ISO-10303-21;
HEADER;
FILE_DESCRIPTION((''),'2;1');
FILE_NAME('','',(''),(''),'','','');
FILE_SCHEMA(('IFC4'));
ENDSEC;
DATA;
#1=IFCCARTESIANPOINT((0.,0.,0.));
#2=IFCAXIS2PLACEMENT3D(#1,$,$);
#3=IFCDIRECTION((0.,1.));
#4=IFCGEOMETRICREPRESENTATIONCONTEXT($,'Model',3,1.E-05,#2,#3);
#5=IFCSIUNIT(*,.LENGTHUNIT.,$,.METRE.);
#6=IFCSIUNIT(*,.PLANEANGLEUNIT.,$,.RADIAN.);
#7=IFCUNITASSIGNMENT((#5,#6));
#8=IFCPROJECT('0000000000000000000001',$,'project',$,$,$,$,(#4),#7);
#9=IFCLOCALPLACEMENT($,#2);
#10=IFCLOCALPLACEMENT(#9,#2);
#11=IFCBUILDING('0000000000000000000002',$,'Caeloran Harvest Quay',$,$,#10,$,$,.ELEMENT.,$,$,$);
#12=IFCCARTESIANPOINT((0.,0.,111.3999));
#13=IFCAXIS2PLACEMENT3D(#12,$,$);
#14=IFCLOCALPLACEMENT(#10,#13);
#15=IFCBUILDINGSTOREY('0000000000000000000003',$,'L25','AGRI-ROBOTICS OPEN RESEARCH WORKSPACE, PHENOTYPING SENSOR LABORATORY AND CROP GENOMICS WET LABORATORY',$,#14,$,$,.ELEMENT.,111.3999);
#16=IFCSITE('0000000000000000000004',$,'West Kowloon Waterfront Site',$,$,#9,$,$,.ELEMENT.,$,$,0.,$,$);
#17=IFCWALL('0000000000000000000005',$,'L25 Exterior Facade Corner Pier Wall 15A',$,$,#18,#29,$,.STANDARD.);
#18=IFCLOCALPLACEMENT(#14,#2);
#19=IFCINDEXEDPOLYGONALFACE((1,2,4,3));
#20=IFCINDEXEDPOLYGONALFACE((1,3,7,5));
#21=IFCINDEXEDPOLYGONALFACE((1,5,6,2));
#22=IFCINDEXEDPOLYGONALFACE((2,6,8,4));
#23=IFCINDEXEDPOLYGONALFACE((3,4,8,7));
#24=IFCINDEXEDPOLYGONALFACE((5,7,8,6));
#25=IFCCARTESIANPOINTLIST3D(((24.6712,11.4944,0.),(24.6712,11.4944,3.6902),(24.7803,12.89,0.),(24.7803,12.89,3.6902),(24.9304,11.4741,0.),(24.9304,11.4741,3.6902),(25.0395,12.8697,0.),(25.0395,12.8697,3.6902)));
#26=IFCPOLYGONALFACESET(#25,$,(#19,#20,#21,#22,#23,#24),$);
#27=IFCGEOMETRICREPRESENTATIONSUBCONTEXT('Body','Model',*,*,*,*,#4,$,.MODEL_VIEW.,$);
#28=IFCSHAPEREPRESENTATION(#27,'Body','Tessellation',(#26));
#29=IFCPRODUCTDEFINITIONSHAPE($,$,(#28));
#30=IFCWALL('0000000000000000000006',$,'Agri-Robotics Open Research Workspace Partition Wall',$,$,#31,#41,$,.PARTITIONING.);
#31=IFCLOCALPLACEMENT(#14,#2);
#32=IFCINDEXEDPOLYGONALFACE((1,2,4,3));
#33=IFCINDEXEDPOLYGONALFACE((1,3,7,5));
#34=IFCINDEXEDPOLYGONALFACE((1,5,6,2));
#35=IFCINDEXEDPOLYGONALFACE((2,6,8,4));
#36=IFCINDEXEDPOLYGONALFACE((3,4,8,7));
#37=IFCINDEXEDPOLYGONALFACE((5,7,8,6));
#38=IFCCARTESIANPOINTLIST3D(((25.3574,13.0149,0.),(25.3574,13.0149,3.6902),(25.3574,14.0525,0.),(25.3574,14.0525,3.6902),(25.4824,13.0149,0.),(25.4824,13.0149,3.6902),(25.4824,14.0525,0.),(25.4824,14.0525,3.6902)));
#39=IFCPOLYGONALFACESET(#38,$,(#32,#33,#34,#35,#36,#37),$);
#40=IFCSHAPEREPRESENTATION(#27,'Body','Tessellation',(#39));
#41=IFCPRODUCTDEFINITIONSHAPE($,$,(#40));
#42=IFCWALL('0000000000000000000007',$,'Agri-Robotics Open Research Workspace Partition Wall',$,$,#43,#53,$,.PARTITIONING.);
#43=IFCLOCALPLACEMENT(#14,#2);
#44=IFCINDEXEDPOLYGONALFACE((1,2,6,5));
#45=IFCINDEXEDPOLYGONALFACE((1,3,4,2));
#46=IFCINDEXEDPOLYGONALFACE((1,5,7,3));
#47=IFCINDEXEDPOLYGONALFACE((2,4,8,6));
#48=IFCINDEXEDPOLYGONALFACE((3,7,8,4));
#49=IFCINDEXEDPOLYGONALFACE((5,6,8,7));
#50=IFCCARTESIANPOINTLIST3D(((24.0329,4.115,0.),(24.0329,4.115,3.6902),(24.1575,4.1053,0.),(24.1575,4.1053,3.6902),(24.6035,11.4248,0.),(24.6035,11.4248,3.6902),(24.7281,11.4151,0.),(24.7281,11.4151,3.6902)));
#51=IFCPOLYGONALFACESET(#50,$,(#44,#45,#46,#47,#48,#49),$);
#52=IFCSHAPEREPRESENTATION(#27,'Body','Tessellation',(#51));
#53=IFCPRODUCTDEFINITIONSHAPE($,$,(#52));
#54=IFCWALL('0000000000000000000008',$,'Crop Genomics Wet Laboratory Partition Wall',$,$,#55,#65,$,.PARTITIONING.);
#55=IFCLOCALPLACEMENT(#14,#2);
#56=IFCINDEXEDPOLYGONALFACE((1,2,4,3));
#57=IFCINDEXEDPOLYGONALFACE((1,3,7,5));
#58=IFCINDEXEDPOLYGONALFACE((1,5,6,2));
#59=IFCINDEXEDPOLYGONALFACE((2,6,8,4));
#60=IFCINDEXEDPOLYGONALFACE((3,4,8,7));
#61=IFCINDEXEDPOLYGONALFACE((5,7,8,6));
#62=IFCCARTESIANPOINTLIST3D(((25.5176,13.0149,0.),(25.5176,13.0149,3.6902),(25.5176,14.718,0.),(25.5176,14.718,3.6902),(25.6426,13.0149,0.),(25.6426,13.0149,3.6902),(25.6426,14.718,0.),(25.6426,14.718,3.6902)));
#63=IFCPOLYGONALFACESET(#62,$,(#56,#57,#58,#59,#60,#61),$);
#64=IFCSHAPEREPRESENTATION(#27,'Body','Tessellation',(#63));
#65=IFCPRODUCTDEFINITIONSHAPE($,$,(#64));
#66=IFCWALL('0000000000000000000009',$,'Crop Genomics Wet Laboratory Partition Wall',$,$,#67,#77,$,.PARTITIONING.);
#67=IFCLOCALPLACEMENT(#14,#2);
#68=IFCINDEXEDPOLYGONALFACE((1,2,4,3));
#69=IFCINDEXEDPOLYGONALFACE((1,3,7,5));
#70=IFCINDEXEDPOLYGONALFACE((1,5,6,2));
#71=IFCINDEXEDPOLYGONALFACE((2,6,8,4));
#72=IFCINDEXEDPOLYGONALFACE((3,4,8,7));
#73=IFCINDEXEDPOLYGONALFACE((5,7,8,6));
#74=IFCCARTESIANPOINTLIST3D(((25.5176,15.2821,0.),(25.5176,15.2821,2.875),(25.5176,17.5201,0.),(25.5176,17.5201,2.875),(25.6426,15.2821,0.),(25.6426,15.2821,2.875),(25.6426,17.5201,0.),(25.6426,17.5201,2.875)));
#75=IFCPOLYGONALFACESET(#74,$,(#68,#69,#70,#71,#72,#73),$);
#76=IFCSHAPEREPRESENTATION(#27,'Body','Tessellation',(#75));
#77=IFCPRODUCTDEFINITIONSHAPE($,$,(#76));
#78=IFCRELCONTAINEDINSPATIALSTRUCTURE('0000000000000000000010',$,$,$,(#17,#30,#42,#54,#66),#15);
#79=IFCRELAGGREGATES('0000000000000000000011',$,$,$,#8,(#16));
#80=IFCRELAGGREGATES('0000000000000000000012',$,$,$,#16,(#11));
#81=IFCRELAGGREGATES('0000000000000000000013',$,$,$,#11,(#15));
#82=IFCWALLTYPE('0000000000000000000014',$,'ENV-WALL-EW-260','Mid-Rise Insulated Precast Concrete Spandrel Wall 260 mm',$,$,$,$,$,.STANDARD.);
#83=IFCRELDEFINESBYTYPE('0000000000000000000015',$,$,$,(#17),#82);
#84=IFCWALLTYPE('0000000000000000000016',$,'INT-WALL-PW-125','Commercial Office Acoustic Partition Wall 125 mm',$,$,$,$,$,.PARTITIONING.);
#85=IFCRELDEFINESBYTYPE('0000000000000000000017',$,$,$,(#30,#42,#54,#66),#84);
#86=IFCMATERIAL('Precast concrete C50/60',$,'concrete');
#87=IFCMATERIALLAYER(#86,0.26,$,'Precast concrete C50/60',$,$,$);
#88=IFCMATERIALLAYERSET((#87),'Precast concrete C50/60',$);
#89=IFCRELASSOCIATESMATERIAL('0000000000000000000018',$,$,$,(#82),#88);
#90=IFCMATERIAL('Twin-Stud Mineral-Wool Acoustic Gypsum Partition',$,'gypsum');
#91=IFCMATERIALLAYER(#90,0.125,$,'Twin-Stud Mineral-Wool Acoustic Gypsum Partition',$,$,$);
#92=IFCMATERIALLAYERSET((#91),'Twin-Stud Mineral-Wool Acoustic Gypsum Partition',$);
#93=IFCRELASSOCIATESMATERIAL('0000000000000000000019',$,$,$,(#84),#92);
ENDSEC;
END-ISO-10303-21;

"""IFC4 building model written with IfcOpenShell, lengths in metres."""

from ifc_helpers import new_model, si_unit, direction, frame, frame_2d, origin, place, context, subcontext, project, spatial, rectangle, extrude, material, layer, layer_set, type_object, element, save


model = new_model("IFC4")

# Units and contexts
model_context = context("Model", 3, precision=1e-05, world=origin(), true_north=direction((0.0, 1.0)))
body_context = subcontext(model_context, "Body", "Model", "MODEL_VIEW")
ifc_project = project(units=[si_unit("LENGTHUNIT", "METRE"), si_unit("PLANEANGLEUNIT", "RADIAN")], contexts=[model_context])

# Site, building, storey
site_placement = place(None, origin())
site = spatial("IfcSite", under=ifc_project, at=site_placement, Name="West Kowloon Waterfront Site", CompositionType="ELEMENT", RefElevation=0.0)
building_placement = place(site_placement, origin())
building = spatial("IfcBuilding", under=site, at=building_placement, Name="Caeloran Harvest Quay", CompositionType="ELEMENT")
storey_placement = place(building_placement, frame((0.0, 0.0, 111.3999)))
storey = spatial("IfcBuildingStorey", under=building, at=storey_placement, Name="L25", Description="AGRI-ROBOTICS OPEN RESEARCH WORKSPACE, PHENOTYPING SENSOR LABORATORY AND CROP GENOMICS WET LABORATORY", CompositionType="ELEMENT", Elevation=111.3999)

# Shared definitions
ifc_material_1 = material(Name="Precast concrete C50/60", Category="concrete")
ifc_layer_1 = layer(ifc_material_1, 0.26, Name="Precast concrete C50/60")
ifc_layer_set_1 = layer_set([ifc_layer_1], Name="Precast concrete C50/60")
wall_type_1 = type_object("IfcWallType", Name="ENV-WALL-EW-260", Description="Mid-Rise Insulated Precast Concrete Spandrel Wall 260 mm", PredefinedType="STANDARD", material=ifc_layer_set_1)

# Walls
wall_1_placement = place(storey_placement, frame((24.9099, 12.8799, 0.0), z_axis=(0.0, 0.0, 1.0), x_axis=(-0.07795, -0.996957, 0.0)))
element("IfcWall", 1, at=wall_1_placement, inside=storey, type_object=wall_type_1, Name="L25 Exterior Facade Corner Pier Wall 15A", PredefinedType="STANDARD", context=body_context, shape_type="SweptSolid", body=[
    extrude(rectangle(XDim=1.3999, YDim=0.26, at=frame_2d((0.7, 0.0))), origin(), (0.0, 0.0, 1.0), 3.6902),
])
ifc_material_2 = material(Name="Twin-Stud Mineral-Wool Acoustic Gypsum Partition", Category="gypsum")
ifc_layer_2 = layer(ifc_material_2, 0.125, Name="Twin-Stud Mineral-Wool Acoustic Gypsum Partition")
ifc_layer_set_2 = layer_set([ifc_layer_2], Name="Twin-Stud Mineral-Wool Acoustic Gypsum Partition")
wall_type_2 = type_object("IfcWallType", Name="INT-WALL-PW-125", Description="Commercial Office Acoustic Partition Wall 125 mm", PredefinedType="PARTITIONING", material=ifc_layer_set_2)
wall_2_placement = place(storey_placement, frame((25.4199, 14.0525, 0.0), z_axis=(0.0, 0.0, 1.0), x_axis=(0.0, -1.0, 0.0)))
element("IfcWall", 2, at=wall_2_placement, inside=storey, type_object=wall_type_2, Name="Agri-Robotics Open Research Workspace Partition Wall", PredefinedType="PARTITIONING", context=body_context, shape_type="SweptSolid", body=[
    extrude(rectangle(XDim=1.0376, YDim=0.125, at=frame_2d((0.5188, 0.0))), origin(), (0.0, 0.0, 1.0), 3.6902),
])
wall_3_placement = place(storey_placement, frame((24.6658, 11.4199, 0.0), z_axis=(0.0, 0.0, 1.0), x_axis=(-0.077817, -0.996968, 0.0)))
element("IfcWall", 3, at=wall_3_placement, inside=storey, type_object=wall_type_2, Name="Agri-Robotics Open Research Workspace Partition Wall", PredefinedType="PARTITIONING", context=body_context, shape_type="SweptSolid", body=[
    extrude(rectangle(XDim=7.332, YDim=0.125, at=frame_2d((3.666, 0.0))), origin(), (0.0, 0.0, 1.0), 3.6902),
])
wall_4_placement = place(storey_placement, frame((25.5801, 13.0149, 0.0), z_axis=(0.0, 0.0, 1.0), x_axis=(0.0, 1.0, 0.0)))
element("IfcWall", 4, at=wall_4_placement, inside=storey, type_object=wall_type_2, Name="Crop Genomics Wet Laboratory Partition Wall", PredefinedType="PARTITIONING", context=body_context, shape_type="SweptSolid", body=[
    extrude(rectangle(XDim=1.7031, YDim=0.125, at=frame_2d((0.8516, 0.0))), origin(), (0.0, 0.0, 1.0), 3.6902),
])
wall_5_placement = place(storey_placement, frame((25.5801, 15.282, 0.0), z_axis=(0.0, 0.0, 1.0), x_axis=(0.0, 1.0, 0.0)))
element("IfcWall", 5, at=wall_5_placement, inside=storey, type_object=wall_type_2, Name="Crop Genomics Wet Laboratory Partition Wall", PredefinedType="PARTITIONING", context=body_context, shape_type="SweptSolid", body=[
    extrude(rectangle(XDim=2.238, YDim=0.125, at=frame_2d((1.1191, 0.0))), origin(), (0.0, 0.0, 1.0), 2.875),
])

save(model, "model.ifc")
